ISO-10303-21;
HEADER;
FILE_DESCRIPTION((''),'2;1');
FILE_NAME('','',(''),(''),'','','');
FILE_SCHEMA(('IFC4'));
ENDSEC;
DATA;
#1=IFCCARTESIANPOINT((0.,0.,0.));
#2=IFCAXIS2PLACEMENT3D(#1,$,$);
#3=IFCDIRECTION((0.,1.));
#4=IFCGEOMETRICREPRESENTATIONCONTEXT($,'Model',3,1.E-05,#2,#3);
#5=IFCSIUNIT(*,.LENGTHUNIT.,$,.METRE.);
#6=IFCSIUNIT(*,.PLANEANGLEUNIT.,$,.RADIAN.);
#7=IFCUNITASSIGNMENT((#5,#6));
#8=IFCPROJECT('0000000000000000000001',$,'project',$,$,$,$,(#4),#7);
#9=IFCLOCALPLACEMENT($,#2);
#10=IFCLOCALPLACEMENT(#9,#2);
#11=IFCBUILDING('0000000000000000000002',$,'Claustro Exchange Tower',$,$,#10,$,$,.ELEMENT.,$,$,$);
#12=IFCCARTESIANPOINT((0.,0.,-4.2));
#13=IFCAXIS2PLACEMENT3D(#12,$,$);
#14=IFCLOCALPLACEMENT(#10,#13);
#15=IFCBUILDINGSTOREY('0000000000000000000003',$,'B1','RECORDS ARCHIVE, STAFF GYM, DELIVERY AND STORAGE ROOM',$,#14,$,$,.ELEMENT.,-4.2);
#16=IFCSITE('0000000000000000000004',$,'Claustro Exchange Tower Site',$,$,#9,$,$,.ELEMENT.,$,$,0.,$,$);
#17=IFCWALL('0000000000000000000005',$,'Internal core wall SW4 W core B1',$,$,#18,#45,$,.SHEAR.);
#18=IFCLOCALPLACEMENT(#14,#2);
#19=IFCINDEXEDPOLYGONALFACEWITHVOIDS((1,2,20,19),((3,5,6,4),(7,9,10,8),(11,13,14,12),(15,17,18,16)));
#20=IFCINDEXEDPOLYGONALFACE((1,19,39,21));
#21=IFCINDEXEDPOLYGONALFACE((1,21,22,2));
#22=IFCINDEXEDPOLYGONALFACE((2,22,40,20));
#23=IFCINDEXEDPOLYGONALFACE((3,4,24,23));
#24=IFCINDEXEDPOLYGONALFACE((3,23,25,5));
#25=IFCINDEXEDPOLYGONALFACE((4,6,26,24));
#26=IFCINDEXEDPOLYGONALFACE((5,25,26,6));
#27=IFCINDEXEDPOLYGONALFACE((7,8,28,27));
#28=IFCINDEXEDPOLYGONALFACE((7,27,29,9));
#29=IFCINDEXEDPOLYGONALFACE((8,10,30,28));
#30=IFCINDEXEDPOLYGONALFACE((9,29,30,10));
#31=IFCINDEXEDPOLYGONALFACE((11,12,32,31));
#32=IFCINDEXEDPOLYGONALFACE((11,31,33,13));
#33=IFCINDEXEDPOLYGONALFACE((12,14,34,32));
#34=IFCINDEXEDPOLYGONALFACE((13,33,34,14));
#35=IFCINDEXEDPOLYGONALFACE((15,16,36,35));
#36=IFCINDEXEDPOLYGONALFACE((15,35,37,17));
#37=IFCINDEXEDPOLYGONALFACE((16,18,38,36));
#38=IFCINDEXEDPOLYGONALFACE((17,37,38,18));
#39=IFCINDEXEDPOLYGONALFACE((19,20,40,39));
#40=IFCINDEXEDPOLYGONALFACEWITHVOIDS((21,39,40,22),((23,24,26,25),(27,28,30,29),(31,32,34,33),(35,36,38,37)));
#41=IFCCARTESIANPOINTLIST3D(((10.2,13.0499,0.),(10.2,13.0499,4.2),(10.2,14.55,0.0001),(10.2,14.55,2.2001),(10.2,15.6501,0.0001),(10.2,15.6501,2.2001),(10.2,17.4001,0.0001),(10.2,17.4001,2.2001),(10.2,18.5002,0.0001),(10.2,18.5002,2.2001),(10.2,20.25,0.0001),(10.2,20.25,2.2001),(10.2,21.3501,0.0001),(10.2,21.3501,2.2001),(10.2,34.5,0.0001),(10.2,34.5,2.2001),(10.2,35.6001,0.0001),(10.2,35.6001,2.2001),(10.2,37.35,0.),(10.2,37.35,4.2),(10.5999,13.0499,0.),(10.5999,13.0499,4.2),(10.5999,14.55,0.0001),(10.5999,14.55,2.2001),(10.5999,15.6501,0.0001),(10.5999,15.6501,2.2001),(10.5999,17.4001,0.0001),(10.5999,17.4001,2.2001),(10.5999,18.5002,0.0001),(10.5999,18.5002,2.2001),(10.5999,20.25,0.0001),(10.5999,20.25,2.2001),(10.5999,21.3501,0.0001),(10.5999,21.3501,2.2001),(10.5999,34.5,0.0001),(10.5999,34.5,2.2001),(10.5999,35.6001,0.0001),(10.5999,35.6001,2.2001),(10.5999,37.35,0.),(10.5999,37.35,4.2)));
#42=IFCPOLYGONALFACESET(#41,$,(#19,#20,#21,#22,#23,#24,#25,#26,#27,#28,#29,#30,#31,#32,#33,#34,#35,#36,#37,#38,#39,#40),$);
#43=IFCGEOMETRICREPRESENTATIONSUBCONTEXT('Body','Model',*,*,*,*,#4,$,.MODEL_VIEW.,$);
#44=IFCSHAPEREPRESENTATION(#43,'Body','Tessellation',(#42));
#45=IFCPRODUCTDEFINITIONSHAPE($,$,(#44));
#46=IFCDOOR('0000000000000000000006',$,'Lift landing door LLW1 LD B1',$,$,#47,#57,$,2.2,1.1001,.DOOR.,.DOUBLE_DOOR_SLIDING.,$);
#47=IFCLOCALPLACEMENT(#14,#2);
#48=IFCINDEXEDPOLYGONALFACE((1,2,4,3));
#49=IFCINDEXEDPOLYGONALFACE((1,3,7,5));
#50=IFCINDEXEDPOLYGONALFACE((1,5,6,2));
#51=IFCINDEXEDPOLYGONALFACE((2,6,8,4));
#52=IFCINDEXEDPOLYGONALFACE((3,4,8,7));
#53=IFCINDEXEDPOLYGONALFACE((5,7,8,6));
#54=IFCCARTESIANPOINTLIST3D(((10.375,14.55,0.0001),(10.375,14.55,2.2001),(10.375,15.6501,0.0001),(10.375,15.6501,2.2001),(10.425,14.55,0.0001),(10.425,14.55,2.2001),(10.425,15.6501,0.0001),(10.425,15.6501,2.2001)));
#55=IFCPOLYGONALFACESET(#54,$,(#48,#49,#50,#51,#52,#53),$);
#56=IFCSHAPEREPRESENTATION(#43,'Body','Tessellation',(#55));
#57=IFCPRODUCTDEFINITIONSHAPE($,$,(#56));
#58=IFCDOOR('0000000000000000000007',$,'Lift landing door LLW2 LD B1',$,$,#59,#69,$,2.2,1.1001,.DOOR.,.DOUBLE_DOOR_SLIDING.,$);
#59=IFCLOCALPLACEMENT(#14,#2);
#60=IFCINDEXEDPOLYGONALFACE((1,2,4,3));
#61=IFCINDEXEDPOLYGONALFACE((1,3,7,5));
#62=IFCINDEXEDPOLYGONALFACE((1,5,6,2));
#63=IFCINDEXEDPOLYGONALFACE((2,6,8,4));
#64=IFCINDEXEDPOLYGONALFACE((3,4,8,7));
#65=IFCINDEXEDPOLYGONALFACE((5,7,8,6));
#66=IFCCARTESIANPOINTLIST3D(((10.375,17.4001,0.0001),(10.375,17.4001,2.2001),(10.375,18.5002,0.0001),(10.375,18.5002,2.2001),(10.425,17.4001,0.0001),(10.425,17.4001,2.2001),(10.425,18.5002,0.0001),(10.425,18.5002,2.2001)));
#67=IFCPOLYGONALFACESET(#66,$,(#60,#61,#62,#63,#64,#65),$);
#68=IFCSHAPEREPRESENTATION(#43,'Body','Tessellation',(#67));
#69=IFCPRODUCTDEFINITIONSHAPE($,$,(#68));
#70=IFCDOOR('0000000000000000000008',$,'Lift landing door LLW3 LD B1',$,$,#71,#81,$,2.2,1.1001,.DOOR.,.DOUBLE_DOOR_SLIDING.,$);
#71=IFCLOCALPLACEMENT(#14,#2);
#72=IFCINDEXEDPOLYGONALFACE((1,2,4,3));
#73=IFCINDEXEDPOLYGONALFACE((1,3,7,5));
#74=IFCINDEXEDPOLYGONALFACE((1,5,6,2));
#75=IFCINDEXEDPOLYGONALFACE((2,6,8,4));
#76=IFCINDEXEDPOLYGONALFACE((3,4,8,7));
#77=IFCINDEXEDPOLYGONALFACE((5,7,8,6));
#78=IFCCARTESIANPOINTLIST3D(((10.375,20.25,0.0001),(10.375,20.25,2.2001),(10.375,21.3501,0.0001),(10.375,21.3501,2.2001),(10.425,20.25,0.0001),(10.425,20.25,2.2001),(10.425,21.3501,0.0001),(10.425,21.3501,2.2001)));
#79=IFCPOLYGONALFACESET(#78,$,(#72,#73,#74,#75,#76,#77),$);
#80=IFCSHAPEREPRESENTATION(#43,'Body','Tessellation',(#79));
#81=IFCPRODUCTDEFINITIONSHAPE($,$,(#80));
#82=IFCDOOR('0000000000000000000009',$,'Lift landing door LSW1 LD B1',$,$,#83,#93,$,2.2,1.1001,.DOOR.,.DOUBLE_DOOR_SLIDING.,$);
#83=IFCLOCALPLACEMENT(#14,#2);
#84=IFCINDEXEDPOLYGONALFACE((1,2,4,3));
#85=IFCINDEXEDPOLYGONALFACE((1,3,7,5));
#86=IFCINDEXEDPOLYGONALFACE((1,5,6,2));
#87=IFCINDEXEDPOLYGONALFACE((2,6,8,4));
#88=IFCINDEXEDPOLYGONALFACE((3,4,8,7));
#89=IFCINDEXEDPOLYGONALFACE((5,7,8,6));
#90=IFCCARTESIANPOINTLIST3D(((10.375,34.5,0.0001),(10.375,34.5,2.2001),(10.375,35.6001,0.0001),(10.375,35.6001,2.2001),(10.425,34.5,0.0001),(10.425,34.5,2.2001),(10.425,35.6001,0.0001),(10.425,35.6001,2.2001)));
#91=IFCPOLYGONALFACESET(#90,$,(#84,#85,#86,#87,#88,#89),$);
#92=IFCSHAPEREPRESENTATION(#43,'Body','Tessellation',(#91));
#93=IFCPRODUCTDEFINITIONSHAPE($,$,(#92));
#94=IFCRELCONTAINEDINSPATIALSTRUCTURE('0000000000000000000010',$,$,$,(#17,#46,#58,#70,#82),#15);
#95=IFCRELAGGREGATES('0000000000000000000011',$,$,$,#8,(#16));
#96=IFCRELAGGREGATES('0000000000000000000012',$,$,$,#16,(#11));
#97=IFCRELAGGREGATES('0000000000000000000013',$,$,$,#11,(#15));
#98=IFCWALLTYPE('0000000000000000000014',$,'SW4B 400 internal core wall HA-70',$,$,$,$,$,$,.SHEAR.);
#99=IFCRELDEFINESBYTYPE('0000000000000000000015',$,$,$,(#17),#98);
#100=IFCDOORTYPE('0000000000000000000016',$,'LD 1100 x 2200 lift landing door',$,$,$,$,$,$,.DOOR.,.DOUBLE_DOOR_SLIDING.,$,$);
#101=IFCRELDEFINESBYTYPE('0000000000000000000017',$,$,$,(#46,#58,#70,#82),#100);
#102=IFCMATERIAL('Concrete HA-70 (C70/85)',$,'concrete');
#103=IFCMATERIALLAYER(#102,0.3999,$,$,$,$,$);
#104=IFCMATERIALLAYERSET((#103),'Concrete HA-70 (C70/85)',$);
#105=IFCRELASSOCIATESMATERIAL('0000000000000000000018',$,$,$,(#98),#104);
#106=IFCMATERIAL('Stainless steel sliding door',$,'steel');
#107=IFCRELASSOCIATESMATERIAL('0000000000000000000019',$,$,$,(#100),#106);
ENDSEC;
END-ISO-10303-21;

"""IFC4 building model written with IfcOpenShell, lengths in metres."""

from ifc_helpers import new_model, si_unit, direction, frame, frame_2d, origin, place, context, subcontext, project, spatial, rectangle, extrude, material, layer, layer_set, type_object, element, fill, save


model = new_model("IFC4")

# Units and contexts
model_context = context("Model", 3, precision=1e-05, world=origin(), true_north=direction((0.0, 1.0)))
body_context = subcontext(model_context, "Body", "Model", "MODEL_VIEW")
ifc_project = project(units=[si_unit("LENGTHUNIT", "METRE"), si_unit("PLANEANGLEUNIT", "RADIAN")], contexts=[model_context])

# Site, building, storey
site_placement = place(None, origin())
site = spatial("IfcSite", under=ifc_project, at=site_placement, Name="Claustro Exchange Tower Site", CompositionType="ELEMENT", RefElevation=0.0)
building_placement = place(site_placement, origin())
building = spatial("IfcBuilding", under=site, at=building_placement, Name="Claustro Exchange Tower", CompositionType="ELEMENT")
storey_placement = place(building_placement, frame((0.0, 0.0, -4.2)))
storey = spatial("IfcBuildingStorey", under=building, at=storey_placement, Name="B1", Description="RECORDS ARCHIVE, STAFF GYM, DELIVERY AND STORAGE ROOM", CompositionType="ELEMENT", Elevation=-4.2)

# Wall, openings, doors
ifc_material_1 = material(Name="Concrete HA-70 (C70/85)", Category="concrete")
ifc_layer_1 = layer(ifc_material_1, 0.3999)
ifc_layer_set_1 = layer_set([ifc_layer_1], Name="Concrete HA-70 (C70/85)")
wall_type = type_object("IfcWallType", Name="SW4B 400 internal core wall HA-70", PredefinedType="SHEAR", material=ifc_layer_set_1)
ifc_material_2 = material(Name="Stainless steel sliding door", Category="steel")
door_type_1 = type_object("IfcDoorType", Name="LD 1100 x 2200 lift landing door", OperationType="DOUBLE_DOOR_SLIDING", PredefinedType="DOOR", material=ifc_material_2)
wall_1_placement = place(storey_placement, frame((10.3999, 13.05, 0.0), z_axis=(0.0, 0.0, 1.0), x_axis=(0.0, 1.0, 0.0)))
wall_1 = element("IfcWall", 1, at=wall_1_placement, inside=storey, type_object=wall_type, Name="Internal core wall SW4 W core B1", PredefinedType="SHEAR", context=body_context, shape_type="SweptSolid", body=[
    extrude(rectangle(XDim=24.3, YDim=0.3999, at=frame_2d((12.1499, 0.0))), origin(), (0.0, 0.0, 1.0), 4.2),
])
opening_1_placement = place(wall_1_placement, frame((1.5, 0.0, 0.0)))
opening_1 = element("IfcOpeningElement", 2, at=opening_1_placement, cuts=wall_1, PredefinedType="OPENING", context=body_context, shape_type="SweptSolid", body=[
    extrude(rectangle(XDim=1.1001, YDim=2.2, at=frame_2d((0.55, 1.1001))), frame((0.0, 0.21, 0.0), z_axis=(0.0, -1.0, 0.0), x_axis=(1.0, 0.0, 0.0)), (0.0, 0.0, 1.0), 0.4199),
])
opening_2_placement = place(wall_1_placement, frame((4.3501, 0.0, 0.0)))
opening_2 = element("IfcOpeningElement", 3, at=opening_2_placement, cuts=wall_1, PredefinedType="OPENING", context=body_context, shape_type="SweptSolid", body=[
    extrude(rectangle(XDim=1.1001, YDim=2.2, at=frame_2d((0.55, 1.1001))), frame((0.0, 0.21, 0.0), z_axis=(0.0, -1.0, 0.0), x_axis=(1.0, 0.0, 0.0)), (0.0, 0.0, 1.0), 0.4199),
])
opening_3_placement = place(wall_1_placement, frame((7.2, 0.0, 0.0)))
opening_3 = element("IfcOpeningElement", 4, at=opening_3_placement, cuts=wall_1, PredefinedType="OPENING", context=body_context, shape_type="SweptSolid", body=[
    extrude(rectangle(XDim=1.1001, YDim=2.2, at=frame_2d((0.55, 1.1001))), frame((0.0, 0.21, 0.0), z_axis=(0.0, -1.0, 0.0), x_axis=(1.0, 0.0, 0.0)), (0.0, 0.0, 1.0), 0.4199),
])
opening_4_placement = place(wall_1_placement, frame((21.45, 0.0, 0.0)))
opening_4 = element("IfcOpeningElement", 5, at=opening_4_placement, cuts=wall_1, PredefinedType="OPENING", context=body_context, shape_type="SweptSolid", body=[
    extrude(rectangle(XDim=1.1001, YDim=2.2, at=frame_2d((0.55, 1.1001))), frame((0.0, 0.21, 0.0), z_axis=(0.0, -1.0, 0.0), x_axis=(1.0, 0.0, 0.0)), (0.0, 0.0, 1.0), 0.4199),
])
door_1_placement = place(opening_1_placement, origin())
door_1 = element("IfcDoor", 6, at=door_1_placement, inside=storey, type_object=door_type_1, Name="Lift landing door LLW1 LD B1", OperationType="DOUBLE_DOOR_SLIDING", OverallHeight=2.2, OverallWidth=1.1001, PredefinedType="DOOR", context=body_context, shape_type="SweptSolid", body=[
    extrude(rectangle(XDim=1.1001, YDim=2.2, at=frame_2d((0.55, 1.1001))), frame((0.0, 0.0249, 0.0), z_axis=(0.0, -1.0, 0.0), x_axis=(1.0, 0.0, 0.0)), (0.0, 0.0, 1.0), 0.05),
])
fill(opening_1, door_1)
door_2_placement = place(opening_2_placement, origin())
door_2 = element("IfcDoor", 7, at=door_2_placement, inside=storey, type_object=door_type_1, Name="Lift landing door LLW2 LD B1", OperationType="DOUBLE_DOOR_SLIDING", OverallHeight=2.2, OverallWidth=1.1001, PredefinedType="DOOR", context=body_context, shape_type="SweptSolid", body=[
    extrude(rectangle(XDim=1.1001, YDim=2.2, at=frame_2d((0.55, 1.1001))), frame((0.0, 0.0249, 0.0), z_axis=(0.0, -1.0, 0.0), x_axis=(1.0, 0.0, 0.0)), (0.0, 0.0, 1.0), 0.05),
])
fill(opening_2, door_2)
door_3_placement = place(opening_3_placement, origin())
door_3 = element("IfcDoor", 8, at=door_3_placement, inside=storey, type_object=door_type_1, Name="Lift landing door LLW3 LD B1", OperationType="DOUBLE_DOOR_SLIDING", OverallHeight=2.2, OverallWidth=1.1001, PredefinedType="DOOR", context=body_context, shape_type="SweptSolid", body=[
    extrude(rectangle(XDim=1.1001, YDim=2.2, at=frame_2d((0.55, 1.1001))), frame((0.0, 0.0249, 0.0), z_axis=(0.0, -1.0, 0.0), x_axis=(1.0, 0.0, 0.0)), (0.0, 0.0, 1.0), 0.05),
])
fill(opening_3, door_3)
door_4_placement = place(opening_4_placement, origin())
door_4 = element("IfcDoor", 9, at=door_4_placement, inside=storey, type_object=door_type_1, Name="Lift landing door LSW1 LD B1", OperationType="DOUBLE_DOOR_SLIDING", OverallHeight=2.2, OverallWidth=1.1001, PredefinedType="DOOR", context=body_context, shape_type="SweptSolid", body=[
    extrude(rectangle(XDim=1.1001, YDim=2.2, at=frame_2d((0.55, 1.1001))), frame((0.0, 0.0249, 0.0), z_axis=(0.0, -1.0, 0.0), x_axis=(1.0, 0.0, 0.0)), (0.0, 0.0, 1.0), 0.05),
])
fill(opening_4, door_4)

save(model, "model.ifc")
